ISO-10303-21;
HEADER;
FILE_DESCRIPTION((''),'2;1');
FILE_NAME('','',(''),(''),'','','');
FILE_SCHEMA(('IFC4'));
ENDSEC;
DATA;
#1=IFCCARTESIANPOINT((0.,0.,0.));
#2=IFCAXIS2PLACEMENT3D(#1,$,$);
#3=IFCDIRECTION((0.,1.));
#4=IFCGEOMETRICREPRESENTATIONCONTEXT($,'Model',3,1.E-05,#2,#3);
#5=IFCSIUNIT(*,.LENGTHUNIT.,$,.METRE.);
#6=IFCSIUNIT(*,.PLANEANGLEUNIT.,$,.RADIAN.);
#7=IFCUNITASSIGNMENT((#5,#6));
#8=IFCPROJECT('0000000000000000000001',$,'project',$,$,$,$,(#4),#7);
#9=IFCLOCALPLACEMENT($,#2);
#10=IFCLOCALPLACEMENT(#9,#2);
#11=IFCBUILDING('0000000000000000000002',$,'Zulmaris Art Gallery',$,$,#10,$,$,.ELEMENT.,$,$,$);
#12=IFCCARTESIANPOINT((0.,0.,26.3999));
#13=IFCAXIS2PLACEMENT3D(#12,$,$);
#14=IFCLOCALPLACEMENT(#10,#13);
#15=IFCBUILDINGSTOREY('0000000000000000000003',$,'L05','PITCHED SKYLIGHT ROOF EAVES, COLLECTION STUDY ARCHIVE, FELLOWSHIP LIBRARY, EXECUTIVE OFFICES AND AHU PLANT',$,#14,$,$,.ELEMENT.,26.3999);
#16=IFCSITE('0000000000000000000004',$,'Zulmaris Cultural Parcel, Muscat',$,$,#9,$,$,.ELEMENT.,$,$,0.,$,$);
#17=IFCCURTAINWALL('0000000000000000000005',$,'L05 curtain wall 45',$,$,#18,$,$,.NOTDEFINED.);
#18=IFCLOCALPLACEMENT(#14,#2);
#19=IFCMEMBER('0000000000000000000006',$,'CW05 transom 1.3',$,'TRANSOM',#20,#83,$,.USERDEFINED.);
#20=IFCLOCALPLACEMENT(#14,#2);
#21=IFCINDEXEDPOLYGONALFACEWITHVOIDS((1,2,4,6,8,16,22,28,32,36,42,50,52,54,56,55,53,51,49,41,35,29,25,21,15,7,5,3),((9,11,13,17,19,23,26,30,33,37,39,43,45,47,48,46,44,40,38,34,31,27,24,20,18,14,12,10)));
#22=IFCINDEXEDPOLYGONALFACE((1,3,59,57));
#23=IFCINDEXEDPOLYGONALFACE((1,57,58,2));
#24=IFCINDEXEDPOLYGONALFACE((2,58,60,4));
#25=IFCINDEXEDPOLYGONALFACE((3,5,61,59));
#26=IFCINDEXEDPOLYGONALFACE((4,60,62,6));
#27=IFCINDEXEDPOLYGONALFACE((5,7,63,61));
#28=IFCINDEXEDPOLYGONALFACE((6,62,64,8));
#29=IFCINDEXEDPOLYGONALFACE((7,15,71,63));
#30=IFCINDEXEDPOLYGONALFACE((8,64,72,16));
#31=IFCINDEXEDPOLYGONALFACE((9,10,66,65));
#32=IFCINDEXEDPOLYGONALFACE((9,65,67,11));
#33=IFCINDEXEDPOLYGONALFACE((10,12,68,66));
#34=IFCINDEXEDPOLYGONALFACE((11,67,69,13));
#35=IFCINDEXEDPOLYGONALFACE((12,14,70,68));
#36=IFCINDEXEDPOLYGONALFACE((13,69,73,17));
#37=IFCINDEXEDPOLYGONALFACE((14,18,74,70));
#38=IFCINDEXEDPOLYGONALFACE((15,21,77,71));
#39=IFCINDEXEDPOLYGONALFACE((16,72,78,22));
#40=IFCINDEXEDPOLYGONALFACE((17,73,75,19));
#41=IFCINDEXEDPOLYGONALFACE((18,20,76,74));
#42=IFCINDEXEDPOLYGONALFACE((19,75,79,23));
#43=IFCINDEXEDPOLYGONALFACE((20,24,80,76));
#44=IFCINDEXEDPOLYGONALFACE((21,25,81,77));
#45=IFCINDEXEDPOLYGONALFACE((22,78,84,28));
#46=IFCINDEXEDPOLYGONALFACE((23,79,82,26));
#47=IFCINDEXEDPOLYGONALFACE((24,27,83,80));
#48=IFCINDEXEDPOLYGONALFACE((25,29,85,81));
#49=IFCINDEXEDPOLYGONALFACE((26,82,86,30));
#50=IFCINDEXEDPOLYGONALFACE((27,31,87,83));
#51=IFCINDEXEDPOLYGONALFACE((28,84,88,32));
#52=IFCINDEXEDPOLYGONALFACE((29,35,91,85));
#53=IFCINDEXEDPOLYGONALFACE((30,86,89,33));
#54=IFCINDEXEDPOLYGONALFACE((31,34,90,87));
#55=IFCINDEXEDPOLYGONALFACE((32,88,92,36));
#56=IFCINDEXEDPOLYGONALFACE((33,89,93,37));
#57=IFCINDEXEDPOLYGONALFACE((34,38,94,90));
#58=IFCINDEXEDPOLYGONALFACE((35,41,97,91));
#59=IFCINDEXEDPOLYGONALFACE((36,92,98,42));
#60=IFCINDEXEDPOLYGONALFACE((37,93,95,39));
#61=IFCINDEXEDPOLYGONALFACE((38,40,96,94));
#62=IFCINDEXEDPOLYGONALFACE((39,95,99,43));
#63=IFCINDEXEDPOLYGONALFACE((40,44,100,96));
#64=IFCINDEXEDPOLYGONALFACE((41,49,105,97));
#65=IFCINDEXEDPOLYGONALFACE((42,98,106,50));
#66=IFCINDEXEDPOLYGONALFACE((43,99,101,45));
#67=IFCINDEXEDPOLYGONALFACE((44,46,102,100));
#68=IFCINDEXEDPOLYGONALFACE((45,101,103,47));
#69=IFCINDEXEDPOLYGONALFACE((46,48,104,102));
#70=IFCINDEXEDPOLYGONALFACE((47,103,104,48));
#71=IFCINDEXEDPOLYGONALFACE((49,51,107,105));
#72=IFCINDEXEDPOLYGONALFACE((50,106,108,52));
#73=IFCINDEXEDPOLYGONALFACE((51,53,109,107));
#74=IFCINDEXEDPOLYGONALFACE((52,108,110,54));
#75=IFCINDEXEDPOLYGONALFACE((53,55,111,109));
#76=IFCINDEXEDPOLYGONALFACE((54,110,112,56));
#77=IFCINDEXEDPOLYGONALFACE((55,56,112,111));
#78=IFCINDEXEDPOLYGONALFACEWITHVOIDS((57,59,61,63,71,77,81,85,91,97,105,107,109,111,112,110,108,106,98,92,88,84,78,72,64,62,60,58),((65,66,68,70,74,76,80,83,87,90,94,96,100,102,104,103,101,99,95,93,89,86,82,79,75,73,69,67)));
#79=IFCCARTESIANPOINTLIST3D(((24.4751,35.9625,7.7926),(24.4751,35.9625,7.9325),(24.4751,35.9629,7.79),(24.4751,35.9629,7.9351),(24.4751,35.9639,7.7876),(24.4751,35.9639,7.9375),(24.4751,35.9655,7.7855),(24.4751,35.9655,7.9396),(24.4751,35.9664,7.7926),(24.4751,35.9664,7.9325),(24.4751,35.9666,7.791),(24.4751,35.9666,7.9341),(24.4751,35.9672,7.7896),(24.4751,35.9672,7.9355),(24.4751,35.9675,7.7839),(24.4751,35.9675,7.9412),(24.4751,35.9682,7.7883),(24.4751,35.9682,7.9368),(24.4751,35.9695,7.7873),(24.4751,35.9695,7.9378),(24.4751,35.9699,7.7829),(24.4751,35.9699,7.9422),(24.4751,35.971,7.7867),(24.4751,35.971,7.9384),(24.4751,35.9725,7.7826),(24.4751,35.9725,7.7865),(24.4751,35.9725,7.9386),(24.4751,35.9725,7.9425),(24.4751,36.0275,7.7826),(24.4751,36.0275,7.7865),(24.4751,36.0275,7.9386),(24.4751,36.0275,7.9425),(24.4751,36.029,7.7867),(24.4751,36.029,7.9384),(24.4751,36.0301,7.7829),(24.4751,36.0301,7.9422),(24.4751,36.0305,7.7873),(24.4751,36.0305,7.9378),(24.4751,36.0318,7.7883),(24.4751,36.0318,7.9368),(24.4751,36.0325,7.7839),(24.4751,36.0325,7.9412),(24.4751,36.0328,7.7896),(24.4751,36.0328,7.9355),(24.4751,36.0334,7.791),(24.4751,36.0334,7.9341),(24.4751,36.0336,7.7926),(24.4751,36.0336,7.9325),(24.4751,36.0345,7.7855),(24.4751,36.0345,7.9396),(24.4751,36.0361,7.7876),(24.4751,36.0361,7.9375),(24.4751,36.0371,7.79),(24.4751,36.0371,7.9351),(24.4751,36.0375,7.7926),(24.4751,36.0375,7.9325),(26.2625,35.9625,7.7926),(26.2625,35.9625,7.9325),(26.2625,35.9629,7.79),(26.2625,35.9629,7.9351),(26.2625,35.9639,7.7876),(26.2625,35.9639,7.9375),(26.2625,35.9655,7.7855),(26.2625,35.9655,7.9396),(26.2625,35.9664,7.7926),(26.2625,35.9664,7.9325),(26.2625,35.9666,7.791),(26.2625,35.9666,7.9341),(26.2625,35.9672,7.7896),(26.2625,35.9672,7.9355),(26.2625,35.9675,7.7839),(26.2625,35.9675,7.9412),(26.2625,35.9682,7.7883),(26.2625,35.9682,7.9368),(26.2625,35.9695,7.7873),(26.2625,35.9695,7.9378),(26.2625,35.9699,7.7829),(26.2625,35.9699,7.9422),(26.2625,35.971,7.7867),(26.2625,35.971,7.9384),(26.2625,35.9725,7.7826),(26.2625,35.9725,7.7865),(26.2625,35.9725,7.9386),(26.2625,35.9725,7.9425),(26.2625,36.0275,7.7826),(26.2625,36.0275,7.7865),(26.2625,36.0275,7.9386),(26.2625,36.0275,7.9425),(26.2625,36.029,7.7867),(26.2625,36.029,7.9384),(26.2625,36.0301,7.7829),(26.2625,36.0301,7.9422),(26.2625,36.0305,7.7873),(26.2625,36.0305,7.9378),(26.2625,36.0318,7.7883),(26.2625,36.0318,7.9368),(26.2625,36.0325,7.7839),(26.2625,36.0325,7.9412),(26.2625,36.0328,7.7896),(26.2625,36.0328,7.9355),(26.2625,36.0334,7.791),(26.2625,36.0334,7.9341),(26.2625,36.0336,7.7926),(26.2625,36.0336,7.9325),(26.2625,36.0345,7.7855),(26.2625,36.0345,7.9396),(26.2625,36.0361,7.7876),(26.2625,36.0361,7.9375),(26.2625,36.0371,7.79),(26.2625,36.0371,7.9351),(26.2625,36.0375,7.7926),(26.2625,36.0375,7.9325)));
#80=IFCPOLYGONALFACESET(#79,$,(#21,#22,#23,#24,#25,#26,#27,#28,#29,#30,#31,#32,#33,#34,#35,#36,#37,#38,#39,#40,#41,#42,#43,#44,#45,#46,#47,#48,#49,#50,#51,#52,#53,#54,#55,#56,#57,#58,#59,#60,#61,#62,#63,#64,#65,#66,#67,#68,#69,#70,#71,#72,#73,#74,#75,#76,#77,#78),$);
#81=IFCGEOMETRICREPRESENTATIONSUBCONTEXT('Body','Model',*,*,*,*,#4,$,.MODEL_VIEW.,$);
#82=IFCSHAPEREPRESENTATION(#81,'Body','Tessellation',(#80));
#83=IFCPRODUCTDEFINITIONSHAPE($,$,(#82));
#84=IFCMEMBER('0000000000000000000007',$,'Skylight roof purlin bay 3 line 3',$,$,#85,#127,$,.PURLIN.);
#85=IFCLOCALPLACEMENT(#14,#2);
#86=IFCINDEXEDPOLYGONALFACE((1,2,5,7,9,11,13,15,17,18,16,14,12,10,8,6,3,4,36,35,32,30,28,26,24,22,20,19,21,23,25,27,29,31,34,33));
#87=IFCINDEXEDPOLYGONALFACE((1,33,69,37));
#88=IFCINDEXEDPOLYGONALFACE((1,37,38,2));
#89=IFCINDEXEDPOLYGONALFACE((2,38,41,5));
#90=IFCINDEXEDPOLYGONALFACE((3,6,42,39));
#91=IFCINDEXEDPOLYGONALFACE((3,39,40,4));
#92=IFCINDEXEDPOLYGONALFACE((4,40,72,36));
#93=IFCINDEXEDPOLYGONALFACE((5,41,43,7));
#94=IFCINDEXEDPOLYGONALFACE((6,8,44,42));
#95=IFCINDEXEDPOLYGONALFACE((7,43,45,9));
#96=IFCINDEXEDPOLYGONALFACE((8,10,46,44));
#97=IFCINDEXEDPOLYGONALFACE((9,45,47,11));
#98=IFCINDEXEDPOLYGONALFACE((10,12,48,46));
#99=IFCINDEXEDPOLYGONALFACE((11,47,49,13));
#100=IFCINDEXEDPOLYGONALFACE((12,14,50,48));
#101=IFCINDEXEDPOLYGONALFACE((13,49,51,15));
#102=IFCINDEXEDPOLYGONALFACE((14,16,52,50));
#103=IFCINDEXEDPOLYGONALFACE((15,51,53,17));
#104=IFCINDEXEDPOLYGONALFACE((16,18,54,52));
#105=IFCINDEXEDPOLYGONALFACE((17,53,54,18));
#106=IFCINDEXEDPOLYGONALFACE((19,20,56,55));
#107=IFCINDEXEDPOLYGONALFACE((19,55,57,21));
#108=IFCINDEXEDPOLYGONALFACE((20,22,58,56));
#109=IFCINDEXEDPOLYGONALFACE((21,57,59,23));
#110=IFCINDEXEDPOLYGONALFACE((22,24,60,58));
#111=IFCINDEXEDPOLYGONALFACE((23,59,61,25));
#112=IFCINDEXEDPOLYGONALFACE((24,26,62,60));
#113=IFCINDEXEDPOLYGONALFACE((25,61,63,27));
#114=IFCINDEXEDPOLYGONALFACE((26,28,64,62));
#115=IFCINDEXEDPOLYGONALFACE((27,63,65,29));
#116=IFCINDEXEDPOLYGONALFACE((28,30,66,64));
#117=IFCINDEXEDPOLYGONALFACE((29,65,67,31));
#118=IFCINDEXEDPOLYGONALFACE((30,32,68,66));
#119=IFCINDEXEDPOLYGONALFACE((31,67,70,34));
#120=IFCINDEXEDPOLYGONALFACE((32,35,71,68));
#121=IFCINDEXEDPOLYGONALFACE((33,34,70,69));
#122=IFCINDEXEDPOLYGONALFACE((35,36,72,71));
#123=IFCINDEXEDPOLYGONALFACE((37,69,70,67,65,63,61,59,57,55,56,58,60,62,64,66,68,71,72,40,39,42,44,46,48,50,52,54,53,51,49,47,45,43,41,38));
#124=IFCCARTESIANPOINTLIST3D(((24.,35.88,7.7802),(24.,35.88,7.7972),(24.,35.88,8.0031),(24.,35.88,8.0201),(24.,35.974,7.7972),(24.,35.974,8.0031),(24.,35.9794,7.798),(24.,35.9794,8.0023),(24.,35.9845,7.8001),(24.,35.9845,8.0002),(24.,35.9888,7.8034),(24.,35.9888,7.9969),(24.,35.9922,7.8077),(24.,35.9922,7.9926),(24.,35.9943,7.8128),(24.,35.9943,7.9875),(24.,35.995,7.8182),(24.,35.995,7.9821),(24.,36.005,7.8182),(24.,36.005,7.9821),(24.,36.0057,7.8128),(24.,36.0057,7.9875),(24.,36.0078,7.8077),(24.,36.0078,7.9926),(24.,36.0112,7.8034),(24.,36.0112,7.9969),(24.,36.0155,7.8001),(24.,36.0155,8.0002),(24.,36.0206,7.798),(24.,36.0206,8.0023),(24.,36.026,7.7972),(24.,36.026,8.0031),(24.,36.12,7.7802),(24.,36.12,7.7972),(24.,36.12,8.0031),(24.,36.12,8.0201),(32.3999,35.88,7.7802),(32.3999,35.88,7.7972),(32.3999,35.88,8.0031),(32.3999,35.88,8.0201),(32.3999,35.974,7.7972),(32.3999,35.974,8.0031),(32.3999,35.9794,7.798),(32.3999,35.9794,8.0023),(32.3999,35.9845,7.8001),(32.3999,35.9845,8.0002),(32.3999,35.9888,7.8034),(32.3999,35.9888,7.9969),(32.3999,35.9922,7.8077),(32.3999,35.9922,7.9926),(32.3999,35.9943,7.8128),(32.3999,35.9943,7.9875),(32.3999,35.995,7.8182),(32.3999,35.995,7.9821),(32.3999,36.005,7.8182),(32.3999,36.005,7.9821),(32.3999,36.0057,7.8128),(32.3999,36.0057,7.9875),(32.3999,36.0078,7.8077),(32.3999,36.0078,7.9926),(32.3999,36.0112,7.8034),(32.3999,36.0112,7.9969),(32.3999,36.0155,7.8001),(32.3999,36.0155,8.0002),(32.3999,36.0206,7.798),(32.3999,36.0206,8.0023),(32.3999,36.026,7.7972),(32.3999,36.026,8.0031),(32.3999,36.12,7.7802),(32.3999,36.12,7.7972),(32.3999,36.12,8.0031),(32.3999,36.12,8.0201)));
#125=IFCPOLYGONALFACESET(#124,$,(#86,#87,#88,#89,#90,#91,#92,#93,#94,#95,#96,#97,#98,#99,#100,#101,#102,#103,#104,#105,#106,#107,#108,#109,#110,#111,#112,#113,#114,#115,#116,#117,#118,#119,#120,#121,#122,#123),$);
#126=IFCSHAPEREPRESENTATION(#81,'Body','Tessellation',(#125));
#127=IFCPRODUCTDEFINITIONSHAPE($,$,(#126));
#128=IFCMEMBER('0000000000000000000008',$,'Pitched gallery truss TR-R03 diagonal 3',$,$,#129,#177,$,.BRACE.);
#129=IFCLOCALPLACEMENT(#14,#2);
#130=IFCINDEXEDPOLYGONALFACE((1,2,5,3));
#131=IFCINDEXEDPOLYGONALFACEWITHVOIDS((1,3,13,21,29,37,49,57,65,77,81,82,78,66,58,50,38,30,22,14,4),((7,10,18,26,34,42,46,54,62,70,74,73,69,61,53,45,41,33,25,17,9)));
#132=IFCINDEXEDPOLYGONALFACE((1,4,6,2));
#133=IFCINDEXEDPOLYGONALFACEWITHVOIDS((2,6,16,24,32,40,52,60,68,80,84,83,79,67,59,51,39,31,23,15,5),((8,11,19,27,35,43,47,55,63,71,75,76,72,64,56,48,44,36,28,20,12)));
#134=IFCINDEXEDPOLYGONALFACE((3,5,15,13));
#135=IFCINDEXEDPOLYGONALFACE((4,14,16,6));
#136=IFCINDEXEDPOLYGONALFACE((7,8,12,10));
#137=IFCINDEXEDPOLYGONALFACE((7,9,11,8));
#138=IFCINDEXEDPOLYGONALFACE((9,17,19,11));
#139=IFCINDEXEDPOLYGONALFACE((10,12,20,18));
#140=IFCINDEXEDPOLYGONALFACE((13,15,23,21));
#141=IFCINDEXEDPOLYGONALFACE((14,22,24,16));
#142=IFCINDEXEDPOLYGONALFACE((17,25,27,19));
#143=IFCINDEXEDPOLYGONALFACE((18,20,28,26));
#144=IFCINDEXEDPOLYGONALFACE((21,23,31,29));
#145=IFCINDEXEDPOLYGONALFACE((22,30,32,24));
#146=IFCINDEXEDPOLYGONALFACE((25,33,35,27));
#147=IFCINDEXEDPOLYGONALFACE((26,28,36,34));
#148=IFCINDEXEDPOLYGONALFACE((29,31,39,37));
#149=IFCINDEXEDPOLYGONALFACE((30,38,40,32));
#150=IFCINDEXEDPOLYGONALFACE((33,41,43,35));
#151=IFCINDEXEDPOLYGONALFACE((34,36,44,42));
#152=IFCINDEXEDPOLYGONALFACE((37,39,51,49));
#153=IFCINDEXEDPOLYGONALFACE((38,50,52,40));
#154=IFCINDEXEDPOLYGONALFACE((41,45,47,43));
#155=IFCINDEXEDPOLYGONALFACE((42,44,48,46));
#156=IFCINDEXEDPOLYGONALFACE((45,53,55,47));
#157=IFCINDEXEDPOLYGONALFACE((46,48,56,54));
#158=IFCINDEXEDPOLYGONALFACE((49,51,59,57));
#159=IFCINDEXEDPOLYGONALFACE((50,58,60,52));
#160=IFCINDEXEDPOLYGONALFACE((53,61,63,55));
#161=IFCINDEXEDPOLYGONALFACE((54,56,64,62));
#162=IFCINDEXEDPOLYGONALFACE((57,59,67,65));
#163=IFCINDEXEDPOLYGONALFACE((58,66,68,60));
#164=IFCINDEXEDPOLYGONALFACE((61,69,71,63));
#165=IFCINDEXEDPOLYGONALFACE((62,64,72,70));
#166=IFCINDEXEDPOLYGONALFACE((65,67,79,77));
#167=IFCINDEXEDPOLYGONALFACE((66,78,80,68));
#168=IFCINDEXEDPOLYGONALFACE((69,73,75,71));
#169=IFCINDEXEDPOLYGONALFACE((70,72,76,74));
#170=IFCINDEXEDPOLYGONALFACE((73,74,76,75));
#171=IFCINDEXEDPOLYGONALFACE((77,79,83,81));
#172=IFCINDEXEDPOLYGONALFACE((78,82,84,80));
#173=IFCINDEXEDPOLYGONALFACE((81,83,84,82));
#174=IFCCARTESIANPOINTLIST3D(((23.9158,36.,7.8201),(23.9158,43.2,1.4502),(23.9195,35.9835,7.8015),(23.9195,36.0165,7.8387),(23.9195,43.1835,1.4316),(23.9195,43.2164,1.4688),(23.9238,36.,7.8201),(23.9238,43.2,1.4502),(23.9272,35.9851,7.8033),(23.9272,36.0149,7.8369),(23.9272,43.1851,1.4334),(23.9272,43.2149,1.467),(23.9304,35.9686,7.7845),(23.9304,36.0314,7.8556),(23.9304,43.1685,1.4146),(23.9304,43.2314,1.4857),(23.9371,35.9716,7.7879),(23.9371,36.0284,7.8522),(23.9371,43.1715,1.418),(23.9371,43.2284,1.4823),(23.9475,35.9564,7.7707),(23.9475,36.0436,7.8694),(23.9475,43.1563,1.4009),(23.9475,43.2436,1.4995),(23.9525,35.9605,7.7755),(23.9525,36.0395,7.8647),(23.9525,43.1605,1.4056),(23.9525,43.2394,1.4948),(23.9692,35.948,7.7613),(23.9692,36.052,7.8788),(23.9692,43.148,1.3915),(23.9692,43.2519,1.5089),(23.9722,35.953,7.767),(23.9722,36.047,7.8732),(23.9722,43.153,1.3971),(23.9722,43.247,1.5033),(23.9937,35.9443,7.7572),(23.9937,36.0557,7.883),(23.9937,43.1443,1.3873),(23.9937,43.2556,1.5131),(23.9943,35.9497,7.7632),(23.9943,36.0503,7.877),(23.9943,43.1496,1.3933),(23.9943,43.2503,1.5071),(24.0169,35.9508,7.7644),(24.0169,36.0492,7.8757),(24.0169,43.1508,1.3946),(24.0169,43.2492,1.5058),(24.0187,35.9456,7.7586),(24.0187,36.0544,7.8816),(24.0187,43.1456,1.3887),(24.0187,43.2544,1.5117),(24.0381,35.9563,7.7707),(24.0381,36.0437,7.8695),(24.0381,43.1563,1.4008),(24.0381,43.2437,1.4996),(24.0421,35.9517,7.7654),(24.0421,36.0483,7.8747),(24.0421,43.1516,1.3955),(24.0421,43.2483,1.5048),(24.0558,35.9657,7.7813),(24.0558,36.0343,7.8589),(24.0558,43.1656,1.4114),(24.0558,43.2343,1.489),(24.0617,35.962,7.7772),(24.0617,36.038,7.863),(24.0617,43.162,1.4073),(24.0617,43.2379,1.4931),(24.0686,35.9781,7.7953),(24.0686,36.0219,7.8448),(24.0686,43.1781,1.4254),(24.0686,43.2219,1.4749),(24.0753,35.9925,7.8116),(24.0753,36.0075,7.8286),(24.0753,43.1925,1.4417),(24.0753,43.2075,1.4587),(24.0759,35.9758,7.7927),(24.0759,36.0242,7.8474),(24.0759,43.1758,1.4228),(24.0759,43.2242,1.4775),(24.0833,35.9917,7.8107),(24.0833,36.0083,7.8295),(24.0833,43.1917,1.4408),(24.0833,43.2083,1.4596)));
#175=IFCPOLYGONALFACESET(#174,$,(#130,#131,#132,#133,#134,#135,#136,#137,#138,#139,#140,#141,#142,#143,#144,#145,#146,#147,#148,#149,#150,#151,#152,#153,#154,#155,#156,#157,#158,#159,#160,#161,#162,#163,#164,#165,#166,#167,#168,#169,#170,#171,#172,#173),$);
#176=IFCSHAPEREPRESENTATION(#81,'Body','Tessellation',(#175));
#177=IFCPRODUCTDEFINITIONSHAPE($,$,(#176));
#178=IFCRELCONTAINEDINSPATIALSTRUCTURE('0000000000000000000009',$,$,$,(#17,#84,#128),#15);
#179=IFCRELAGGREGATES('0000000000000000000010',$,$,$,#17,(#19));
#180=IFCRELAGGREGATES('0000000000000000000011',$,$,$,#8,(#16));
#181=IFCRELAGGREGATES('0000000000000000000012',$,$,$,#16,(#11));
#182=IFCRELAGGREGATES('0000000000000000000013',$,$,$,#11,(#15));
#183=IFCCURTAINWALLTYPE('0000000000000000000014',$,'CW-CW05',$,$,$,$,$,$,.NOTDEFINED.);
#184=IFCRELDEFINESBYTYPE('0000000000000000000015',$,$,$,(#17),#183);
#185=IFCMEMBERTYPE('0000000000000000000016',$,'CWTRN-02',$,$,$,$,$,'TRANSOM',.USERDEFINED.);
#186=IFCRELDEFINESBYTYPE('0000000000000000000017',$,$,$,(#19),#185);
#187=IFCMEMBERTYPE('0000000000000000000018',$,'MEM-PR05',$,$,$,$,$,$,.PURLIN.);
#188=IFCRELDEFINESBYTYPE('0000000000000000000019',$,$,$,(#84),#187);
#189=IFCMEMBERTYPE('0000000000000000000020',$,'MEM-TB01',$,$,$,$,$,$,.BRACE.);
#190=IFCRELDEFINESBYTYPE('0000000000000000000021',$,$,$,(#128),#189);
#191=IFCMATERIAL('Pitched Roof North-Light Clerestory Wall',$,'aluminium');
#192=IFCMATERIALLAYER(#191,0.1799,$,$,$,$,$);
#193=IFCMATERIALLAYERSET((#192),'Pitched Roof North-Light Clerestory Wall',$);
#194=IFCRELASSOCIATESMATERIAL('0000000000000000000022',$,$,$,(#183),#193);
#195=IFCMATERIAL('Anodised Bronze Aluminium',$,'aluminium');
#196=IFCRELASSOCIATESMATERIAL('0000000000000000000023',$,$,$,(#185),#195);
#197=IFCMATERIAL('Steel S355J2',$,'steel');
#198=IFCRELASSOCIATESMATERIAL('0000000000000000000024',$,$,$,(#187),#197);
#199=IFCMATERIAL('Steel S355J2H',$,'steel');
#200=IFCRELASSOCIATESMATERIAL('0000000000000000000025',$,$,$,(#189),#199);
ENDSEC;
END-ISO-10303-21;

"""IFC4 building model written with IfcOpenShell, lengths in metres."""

from ifc_helpers import new_model, si_unit, direction, frame, origin, origin_2d, place, context, subcontext, project, spatial, hollow_rectangle, hollow_circle, i_section, extrude, material, layer, layer_set, material_profile, profile_set, type_object, element, aggregate, save


model = new_model("IFC4")

# Units and contexts
model_context = context("Model", 3, precision=1e-05, world=origin(), true_north=direction((0.0, 1.0)))
body_context = subcontext(model_context, "Body", "Model", "MODEL_VIEW")
ifc_project = project(units=[si_unit("LENGTHUNIT", "METRE"), si_unit("PLANEANGLEUNIT", "RADIAN")], contexts=[model_context])

# Site, building, storey
site_placement = place(None, origin())
site = spatial("IfcSite", under=ifc_project, at=site_placement, Name="Zulmaris Cultural Parcel, Muscat", CompositionType="ELEMENT", RefElevation=0.0)
building_placement = place(site_placement, origin())
building = spatial("IfcBuilding", under=site, at=building_placement, Name="Zulmaris Art Gallery", CompositionType="ELEMENT")
storey_placement = place(building_placement, frame((0.0, 0.0, 26.3999)))
storey = spatial("IfcBuildingStorey", under=building, at=storey_placement, Name="L05", Description="PITCHED SKYLIGHT ROOF EAVES, COLLECTION STUDY ARCHIVE, FELLOWSHIP LIBRARY, EXECUTIVE OFFICES AND AHU PLANT", CompositionType="ELEMENT", Elevation=26.3999)

# Shared definitions
ifc_material_1 = material(Name="Pitched Roof North-Light Clerestory Wall", Category="aluminium")
ifc_layer_1 = layer(ifc_material_1, 0.1799)
ifc_layer_set_1 = layer_set([ifc_layer_1], Name="Pitched Roof North-Light Clerestory Wall")
curtain_wall_type = type_object("IfcCurtainWallType", Name="CW-CW05", PredefinedType="NOTDEFINED", material=ifc_layer_set_1)
ifc_material_2 = material(Name="Anodised Bronze Aluminium", Category="aluminium")

# Curtain wall
curtain_wall_1_placement = place(storey_placement, origin())
curtain_wall_1 = element("IfcCurtainWall", 1, at=curtain_wall_1_placement, inside=storey, type_object=curtain_wall_type, Name="L05 curtain wall 45", PredefinedType="NOTDEFINED")

# Member
ifc_material_profile_1 = material_profile(ifc_material_2, hollow_rectangle(XDim=0.075, YDim=0.1599, WallThickness=0.0039, InnerFilletRadius=0.0061, OuterFilletRadius=0.01, at=origin_2d()), Name="ALU 75x160x4")
ifc_profile_set_1 = profile_set([ifc_material_profile_1], Name="Anodised Bronze Aluminium")
member_type_1 = type_object("IfcMemberType", Name="CWTRN-02", ElementType="TRANSOM", PredefinedType="USERDEFINED", material=ifc_profile_set_1)
member_1_placement = place(storey_placement, frame((24.4751, 36.0, 7.8625), z_axis=(1.0, 0.0, 0.0), x_axis=(0.0, 1.0, 0.0)))
member_1 = element("IfcMember", 2, at=member_1_placement, type_object=member_type_1, Name="CW05 transom 1.3", ObjectType="TRANSOM", PredefinedType="USERDEFINED", context=body_context, shape_type="SweptSolid", body=[
    extrude(hollow_rectangle(XDim=0.075, YDim=0.1599, WallThickness=0.0039, InnerFilletRadius=0.0061, OuterFilletRadius=0.01, at=origin_2d()), origin(), (0.0, 0.0, 1.0), 1.7874),
])

# Members
ifc_material_3 = material(Name="Steel S355J2", Category="steel")
ifc_material_profile_2 = material_profile(ifc_material_3, i_section(OverallWidth=0.24, OverallDepth=0.24, WebThickness=0.01, FlangeThickness=0.0171, FilletRadius=0.021, at=origin_2d()), Name="HEB 240")
ifc_profile_set_2 = profile_set([ifc_material_profile_2], Name="Steel S355J2")
member_type_2 = type_object("IfcMemberType", Name="MEM-PR05", PredefinedType="PURLIN", material=ifc_profile_set_2)
member_2_placement = place(storey_placement, frame((24.0, 36.0, 7.9001), z_axis=(1.0, 0.0, 0.0), x_axis=(0.0, 1.0, 0.0)))
element("IfcMember", 3, at=member_2_placement, inside=storey, type_object=member_type_2, Name="Skylight roof purlin bay 3 line 3", PredefinedType="PURLIN", context=body_context, shape_type="SweptSolid", body=[
    extrude(i_section(OverallWidth=0.24, OverallDepth=0.24, WebThickness=0.01, FlangeThickness=0.0171, FilletRadius=0.021, at=origin_2d()), origin(), (0.0, 0.0, 1.0), 8.3999),
])
ifc_material_4 = material(Name="Steel S355J2H", Category="steel")
ifc_material_profile_3 = material_profile(ifc_material_4, hollow_circle(Radius=0.0842, WallThickness=0.0081, at=origin_2d()), Name="CHS 168.3x8")
ifc_profile_set_3 = profile_set([ifc_material_profile_3], Name="Steel S355J2H")
member_type_3 = type_object("IfcMemberType", Name="MEM-TB01", PredefinedType="BRACE", material=ifc_profile_set_3)
member_3_placement = place(storey_placement, frame((24.0, 36.0, 7.8201), z_axis=(0.0, 0.748961, -0.662614), x_axis=(-1.0, 0.0, 0.0)))
element("IfcMember", 4, at=member_3_placement, inside=storey, type_object=member_type_3, Name="Pitched gallery truss TR-R03 diagonal 3", PredefinedType="BRACE", context=body_context, shape_type="SweptSolid", body=[
    extrude(hollow_circle(Radius=0.0842, WallThickness=0.0081, at=origin_2d()), origin(), (0.0, 0.0, 1.0), 9.6133),
])

aggregate(curtain_wall_1, [member_1])

save(model, "model.ifc")
